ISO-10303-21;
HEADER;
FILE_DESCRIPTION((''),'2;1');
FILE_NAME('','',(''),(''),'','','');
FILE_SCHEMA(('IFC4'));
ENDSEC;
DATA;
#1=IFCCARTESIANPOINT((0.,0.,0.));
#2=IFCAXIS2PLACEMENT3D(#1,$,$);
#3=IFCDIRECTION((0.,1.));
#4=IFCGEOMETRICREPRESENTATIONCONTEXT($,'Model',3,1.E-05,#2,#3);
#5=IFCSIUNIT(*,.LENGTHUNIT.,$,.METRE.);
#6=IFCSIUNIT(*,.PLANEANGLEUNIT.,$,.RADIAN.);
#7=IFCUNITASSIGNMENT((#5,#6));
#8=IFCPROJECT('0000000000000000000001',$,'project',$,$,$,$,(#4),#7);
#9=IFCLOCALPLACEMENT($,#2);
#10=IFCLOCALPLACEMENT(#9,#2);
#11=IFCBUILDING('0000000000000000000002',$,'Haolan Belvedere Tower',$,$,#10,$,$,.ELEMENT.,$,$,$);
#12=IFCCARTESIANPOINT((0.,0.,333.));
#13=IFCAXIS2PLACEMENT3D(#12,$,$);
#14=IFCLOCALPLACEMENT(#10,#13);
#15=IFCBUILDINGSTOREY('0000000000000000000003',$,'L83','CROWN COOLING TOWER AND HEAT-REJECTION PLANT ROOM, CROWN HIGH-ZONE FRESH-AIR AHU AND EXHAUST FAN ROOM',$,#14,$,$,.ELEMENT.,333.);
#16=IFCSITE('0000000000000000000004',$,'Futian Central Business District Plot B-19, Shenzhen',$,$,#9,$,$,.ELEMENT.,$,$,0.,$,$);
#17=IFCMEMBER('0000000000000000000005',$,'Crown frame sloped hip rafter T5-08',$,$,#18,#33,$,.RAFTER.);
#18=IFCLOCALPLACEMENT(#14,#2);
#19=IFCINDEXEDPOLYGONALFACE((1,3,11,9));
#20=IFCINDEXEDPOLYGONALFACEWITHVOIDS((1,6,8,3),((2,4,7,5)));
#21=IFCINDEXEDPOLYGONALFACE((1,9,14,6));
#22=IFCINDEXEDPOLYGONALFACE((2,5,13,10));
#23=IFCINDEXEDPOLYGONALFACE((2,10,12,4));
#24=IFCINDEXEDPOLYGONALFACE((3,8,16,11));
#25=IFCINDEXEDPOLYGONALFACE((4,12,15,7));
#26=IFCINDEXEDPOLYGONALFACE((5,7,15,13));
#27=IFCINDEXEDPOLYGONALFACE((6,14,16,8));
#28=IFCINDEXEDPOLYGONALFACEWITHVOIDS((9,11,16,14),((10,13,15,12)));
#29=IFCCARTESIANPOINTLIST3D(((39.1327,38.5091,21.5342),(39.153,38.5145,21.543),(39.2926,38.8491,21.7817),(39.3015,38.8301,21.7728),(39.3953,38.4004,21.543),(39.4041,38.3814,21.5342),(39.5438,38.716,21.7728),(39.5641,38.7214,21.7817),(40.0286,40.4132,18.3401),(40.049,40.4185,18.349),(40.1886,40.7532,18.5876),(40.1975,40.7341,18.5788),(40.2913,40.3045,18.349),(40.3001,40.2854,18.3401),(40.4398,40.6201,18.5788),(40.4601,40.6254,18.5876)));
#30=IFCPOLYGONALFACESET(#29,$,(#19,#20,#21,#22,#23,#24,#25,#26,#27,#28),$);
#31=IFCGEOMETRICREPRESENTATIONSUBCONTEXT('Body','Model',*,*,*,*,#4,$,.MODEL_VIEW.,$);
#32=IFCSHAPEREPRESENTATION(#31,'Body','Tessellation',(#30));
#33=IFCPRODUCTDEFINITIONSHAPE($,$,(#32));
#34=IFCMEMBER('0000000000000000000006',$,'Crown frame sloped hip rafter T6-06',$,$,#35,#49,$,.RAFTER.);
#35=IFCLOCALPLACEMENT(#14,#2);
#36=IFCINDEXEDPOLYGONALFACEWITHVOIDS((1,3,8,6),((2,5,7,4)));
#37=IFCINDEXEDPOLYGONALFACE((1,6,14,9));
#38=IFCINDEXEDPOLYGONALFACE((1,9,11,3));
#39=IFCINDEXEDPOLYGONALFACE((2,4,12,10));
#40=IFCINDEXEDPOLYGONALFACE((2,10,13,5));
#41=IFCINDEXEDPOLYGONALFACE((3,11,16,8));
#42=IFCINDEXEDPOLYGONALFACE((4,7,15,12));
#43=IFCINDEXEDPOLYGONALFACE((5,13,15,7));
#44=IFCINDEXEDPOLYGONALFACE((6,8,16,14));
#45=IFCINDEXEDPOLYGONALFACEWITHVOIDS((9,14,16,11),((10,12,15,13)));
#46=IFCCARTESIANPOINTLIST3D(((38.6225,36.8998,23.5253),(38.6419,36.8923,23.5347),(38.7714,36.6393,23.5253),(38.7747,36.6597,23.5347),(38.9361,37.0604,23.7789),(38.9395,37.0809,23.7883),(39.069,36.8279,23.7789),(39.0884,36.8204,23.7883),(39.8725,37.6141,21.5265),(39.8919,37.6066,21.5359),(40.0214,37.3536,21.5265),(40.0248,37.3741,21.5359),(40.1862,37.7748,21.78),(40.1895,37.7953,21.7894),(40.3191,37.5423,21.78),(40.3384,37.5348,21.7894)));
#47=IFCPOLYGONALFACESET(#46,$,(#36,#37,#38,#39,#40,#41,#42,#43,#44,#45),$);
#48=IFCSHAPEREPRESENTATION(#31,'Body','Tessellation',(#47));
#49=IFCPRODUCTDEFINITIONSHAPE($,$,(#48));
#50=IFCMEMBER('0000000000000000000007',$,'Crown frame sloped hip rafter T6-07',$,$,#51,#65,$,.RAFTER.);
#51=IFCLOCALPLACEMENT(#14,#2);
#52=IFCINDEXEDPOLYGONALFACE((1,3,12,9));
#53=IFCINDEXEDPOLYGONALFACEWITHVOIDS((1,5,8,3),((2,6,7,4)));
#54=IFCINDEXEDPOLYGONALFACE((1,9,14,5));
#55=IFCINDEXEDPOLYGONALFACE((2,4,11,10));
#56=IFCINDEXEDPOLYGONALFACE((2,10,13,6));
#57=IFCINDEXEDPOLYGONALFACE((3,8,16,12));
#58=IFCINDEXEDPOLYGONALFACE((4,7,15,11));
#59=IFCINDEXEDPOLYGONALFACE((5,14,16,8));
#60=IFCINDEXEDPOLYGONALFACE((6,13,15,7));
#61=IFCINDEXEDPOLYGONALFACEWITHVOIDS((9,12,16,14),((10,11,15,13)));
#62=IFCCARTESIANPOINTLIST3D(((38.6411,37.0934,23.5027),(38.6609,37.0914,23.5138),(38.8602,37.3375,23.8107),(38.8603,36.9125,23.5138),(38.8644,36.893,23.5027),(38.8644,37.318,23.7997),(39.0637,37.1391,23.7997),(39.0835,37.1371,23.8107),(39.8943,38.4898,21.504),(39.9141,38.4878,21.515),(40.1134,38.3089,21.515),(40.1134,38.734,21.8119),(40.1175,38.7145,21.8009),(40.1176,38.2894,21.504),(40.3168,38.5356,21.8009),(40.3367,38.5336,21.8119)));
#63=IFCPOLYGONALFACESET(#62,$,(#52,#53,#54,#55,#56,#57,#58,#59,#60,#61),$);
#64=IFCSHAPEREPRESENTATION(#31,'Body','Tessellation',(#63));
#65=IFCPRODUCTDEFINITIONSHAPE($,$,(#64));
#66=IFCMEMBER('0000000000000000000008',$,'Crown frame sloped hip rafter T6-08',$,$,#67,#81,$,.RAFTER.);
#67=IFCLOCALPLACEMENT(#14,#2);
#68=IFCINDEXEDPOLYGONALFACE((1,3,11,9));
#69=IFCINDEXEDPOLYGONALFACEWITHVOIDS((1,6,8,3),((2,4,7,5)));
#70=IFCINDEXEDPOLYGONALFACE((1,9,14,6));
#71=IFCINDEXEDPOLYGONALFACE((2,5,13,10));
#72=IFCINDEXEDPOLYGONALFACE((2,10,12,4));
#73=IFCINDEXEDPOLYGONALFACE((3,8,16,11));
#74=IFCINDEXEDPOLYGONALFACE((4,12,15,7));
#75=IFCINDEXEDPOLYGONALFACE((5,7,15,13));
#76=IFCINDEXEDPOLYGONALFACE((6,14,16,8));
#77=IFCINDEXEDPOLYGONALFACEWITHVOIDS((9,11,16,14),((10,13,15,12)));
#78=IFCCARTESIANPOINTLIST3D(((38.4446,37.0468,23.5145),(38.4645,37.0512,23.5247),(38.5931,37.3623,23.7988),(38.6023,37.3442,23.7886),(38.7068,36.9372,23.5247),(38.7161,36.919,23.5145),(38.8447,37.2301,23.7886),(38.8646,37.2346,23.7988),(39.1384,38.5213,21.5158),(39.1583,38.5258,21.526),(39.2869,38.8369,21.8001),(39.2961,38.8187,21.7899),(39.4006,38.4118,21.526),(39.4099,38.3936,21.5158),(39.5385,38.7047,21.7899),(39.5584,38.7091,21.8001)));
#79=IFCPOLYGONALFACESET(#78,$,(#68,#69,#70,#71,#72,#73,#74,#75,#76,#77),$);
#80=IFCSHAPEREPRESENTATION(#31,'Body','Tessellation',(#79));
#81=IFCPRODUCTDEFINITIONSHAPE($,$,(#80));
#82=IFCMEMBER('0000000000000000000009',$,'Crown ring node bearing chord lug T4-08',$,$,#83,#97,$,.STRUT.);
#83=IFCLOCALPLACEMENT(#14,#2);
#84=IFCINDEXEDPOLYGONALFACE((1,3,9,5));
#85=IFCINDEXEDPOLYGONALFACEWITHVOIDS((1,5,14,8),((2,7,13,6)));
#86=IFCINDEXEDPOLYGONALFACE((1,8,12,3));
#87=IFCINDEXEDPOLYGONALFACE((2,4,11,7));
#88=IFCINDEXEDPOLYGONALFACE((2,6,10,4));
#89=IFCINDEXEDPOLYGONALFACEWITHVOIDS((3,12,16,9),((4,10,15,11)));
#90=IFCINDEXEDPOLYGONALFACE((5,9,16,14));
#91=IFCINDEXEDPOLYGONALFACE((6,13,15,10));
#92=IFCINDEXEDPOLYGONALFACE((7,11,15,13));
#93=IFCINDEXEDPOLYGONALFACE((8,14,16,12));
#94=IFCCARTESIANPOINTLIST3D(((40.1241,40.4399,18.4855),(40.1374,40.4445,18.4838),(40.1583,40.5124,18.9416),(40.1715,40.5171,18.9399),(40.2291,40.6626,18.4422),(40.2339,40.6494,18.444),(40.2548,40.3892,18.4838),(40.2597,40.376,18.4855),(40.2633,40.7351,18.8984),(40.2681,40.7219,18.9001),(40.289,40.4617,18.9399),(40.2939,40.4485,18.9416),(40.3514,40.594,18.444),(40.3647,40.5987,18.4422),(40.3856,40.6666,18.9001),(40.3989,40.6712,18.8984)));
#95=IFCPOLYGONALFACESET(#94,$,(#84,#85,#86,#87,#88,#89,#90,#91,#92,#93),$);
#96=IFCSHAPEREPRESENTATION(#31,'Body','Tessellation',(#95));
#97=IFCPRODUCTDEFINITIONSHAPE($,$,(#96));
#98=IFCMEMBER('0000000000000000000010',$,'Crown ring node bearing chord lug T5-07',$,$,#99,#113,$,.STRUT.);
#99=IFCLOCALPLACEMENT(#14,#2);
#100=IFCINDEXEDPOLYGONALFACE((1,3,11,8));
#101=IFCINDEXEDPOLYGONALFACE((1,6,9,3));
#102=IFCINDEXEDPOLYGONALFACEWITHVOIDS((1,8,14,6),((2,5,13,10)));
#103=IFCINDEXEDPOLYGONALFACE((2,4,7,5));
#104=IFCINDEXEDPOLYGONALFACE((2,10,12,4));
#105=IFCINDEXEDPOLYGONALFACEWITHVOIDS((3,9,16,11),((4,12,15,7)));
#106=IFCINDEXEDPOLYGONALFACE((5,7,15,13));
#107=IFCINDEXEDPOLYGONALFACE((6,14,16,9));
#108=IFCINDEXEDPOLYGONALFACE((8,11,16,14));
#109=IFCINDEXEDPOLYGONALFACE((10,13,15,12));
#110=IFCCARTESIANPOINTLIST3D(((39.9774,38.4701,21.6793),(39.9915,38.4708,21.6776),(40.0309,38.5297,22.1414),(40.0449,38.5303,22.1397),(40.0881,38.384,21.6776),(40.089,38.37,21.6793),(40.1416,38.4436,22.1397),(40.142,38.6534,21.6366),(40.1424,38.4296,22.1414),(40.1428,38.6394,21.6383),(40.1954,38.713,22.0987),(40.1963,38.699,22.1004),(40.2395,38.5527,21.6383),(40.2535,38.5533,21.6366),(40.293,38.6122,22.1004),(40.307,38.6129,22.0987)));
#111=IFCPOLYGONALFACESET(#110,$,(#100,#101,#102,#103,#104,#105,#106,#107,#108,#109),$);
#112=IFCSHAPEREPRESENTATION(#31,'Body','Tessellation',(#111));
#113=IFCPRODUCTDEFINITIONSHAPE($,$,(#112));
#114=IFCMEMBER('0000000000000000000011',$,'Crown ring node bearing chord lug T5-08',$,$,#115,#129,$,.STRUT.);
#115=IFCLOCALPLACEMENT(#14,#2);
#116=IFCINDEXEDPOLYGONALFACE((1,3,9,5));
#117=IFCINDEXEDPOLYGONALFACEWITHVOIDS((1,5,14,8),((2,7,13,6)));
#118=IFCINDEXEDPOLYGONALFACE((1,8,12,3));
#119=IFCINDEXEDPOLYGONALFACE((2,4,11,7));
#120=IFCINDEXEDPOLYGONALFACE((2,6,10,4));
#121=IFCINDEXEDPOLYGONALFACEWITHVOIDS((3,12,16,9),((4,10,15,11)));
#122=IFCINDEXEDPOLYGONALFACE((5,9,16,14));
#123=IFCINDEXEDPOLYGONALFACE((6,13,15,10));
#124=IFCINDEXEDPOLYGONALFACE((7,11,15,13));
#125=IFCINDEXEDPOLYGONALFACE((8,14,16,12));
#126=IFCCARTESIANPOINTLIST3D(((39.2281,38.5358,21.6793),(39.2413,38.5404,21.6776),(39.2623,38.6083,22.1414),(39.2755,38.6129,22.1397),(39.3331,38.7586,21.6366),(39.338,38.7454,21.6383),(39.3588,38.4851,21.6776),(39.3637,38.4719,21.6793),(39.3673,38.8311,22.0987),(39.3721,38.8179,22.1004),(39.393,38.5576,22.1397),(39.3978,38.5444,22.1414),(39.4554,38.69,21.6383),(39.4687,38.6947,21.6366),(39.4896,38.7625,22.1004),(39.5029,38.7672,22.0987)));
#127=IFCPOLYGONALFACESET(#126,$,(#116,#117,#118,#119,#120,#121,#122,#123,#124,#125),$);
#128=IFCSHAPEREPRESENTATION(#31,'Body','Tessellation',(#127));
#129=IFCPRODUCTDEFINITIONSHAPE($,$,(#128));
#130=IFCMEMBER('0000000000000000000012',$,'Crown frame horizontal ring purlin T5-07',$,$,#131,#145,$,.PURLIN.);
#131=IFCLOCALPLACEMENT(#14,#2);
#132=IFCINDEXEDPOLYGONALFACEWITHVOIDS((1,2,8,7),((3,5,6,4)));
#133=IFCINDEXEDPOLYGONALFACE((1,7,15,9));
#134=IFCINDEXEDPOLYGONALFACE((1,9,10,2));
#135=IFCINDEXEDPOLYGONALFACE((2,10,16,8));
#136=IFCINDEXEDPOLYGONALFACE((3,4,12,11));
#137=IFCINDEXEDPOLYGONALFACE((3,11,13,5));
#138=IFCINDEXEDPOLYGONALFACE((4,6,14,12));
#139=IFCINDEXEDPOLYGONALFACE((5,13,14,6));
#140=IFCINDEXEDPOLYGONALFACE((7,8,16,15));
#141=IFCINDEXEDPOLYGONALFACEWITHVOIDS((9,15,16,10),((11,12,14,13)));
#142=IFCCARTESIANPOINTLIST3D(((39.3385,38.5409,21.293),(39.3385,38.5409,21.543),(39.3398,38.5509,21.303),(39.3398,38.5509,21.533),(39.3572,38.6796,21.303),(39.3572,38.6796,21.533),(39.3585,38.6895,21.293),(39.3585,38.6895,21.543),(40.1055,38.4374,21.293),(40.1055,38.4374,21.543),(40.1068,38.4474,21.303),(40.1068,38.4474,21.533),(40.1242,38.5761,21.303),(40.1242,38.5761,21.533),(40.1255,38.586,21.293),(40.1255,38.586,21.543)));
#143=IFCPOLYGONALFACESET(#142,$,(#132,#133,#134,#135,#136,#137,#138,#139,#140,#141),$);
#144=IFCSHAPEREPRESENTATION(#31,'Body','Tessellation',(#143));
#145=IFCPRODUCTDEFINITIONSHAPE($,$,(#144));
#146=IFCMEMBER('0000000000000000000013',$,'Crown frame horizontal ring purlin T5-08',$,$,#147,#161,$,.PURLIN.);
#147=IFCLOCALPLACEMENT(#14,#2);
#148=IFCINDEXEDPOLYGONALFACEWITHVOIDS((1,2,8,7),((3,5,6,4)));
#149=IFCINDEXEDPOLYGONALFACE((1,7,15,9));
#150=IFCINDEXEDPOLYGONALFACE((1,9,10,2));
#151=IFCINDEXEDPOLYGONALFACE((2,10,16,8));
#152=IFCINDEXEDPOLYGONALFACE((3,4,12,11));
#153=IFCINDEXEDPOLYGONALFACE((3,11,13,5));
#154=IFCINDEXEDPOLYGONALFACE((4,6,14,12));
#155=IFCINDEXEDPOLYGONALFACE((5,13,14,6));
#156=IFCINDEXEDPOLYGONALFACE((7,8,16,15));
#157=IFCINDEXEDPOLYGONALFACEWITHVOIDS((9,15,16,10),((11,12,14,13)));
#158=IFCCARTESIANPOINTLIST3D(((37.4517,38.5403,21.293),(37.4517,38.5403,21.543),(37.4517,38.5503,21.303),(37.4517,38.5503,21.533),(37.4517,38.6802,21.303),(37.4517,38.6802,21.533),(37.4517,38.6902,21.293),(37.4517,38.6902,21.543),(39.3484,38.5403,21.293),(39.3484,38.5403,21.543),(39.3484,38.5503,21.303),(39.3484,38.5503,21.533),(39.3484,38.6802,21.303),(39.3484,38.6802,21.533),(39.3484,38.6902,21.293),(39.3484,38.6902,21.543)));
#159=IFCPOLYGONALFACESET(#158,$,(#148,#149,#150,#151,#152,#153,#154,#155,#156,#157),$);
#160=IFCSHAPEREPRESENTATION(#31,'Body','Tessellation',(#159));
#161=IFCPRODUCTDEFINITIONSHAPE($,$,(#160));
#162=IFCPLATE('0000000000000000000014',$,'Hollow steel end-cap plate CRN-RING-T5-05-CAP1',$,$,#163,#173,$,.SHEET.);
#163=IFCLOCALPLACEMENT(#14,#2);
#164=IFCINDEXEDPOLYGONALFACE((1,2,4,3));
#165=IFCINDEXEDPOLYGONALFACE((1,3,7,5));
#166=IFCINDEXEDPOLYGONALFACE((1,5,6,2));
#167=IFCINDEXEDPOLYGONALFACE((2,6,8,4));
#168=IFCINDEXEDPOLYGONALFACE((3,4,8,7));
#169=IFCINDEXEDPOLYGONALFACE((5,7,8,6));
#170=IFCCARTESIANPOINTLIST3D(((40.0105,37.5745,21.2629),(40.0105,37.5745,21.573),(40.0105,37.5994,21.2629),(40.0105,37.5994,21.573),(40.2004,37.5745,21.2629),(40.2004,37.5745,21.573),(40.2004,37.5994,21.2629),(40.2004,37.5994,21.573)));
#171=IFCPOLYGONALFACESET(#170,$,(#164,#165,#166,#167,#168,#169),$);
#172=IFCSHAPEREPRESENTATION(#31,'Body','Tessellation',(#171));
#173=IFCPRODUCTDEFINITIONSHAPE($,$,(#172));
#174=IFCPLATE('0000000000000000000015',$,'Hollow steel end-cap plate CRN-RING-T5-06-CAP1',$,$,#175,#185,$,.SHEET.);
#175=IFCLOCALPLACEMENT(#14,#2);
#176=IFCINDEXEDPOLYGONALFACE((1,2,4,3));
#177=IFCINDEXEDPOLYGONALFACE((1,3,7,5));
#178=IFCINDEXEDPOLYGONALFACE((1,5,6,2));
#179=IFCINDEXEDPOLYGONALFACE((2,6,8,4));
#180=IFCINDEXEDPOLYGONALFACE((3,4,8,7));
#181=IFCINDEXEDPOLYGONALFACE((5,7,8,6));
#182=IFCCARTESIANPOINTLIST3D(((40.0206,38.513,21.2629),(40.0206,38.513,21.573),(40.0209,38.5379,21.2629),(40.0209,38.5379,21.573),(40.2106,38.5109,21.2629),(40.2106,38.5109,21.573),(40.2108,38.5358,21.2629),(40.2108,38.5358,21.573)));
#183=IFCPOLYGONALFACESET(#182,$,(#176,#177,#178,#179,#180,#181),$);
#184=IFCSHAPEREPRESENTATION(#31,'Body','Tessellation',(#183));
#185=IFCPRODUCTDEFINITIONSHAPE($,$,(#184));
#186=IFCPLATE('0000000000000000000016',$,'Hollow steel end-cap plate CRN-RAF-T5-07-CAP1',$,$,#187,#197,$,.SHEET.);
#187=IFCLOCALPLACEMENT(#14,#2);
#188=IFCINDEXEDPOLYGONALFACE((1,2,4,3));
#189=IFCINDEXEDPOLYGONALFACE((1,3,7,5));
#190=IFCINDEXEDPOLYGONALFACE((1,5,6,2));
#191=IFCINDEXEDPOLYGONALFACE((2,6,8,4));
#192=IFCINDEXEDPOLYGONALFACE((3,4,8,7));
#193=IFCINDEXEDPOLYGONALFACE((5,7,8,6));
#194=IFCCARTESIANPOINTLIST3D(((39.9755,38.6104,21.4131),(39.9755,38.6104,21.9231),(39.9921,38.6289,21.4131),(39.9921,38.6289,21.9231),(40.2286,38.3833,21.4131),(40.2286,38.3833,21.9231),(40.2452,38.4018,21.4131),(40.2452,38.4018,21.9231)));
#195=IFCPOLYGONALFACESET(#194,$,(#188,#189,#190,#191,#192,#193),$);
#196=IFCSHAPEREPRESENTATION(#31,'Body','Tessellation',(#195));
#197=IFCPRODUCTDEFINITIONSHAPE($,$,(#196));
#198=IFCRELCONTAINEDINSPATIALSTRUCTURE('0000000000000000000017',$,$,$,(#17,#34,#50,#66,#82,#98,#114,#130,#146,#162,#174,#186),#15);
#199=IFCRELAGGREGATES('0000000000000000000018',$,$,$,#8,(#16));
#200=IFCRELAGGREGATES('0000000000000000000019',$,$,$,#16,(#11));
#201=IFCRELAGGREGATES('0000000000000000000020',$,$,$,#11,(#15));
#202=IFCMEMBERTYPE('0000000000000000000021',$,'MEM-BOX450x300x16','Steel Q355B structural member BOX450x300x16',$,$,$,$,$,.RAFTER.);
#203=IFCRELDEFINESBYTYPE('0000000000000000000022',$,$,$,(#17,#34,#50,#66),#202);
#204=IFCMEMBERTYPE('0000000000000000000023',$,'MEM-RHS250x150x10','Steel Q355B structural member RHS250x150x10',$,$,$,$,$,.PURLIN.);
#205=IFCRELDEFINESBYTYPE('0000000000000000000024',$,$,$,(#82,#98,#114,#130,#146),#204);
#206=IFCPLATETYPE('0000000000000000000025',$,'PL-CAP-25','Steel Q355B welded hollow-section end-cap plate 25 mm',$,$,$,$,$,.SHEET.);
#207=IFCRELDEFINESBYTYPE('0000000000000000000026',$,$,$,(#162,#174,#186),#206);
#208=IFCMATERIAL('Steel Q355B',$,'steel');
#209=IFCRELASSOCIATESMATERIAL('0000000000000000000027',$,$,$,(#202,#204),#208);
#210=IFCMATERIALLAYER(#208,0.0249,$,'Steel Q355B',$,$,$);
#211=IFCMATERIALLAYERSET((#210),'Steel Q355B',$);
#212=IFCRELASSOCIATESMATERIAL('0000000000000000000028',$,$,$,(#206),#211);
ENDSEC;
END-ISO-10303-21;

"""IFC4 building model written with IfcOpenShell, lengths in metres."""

from ifc_helpers import new_model, si_unit, direction, frame, origin, origin_2d, place, context, subcontext, project, spatial, rectangle, hollow_rectangle, extrude, material, layer, layer_set, material_profile, profile_set, type_object, element, save


model = new_model("IFC4")

# Units and contexts
model_context = context("Model", 3, precision=1e-05, world=origin(), true_north=direction((0.0, 1.0)))
body_context = subcontext(model_context, "Body", "Model", "MODEL_VIEW")
ifc_project = project(units=[si_unit("LENGTHUNIT", "METRE"), si_unit("PLANEANGLEUNIT", "RADIAN")], contexts=[model_context])

# Site, building, storey
site_placement = place(None, origin())
site = spatial("IfcSite", under=ifc_project, at=site_placement, Name="Futian Central Business District Plot B-19, Shenzhen", CompositionType="ELEMENT", RefElevation=0.0)
building_placement = place(site_placement, origin())
building = spatial("IfcBuilding", under=site, at=building_placement, Name="Haolan Belvedere Tower", CompositionType="ELEMENT")
storey_placement = place(building_placement, frame((0.0, 0.0, 333.0)))
storey = spatial("IfcBuildingStorey", under=building, at=storey_placement, Name="L83", Description="CROWN COOLING TOWER AND HEAT-REJECTION PLANT ROOM, CROWN HIGH-ZONE FRESH-AIR AHU AND EXHAUST FAN ROOM", CompositionType="ELEMENT", Elevation=333.0)

# Members
ifc_material_1 = material(Name="Steel Q355B", Category="steel")
ifc_material_profile_1 = material_profile(ifc_material_1, hollow_rectangle(XDim=0.3, YDim=0.45, WallThickness=0.0161, at=origin_2d()), Name="Steel Q355B")
ifc_profile_set_1 = profile_set([ifc_material_profile_1], Name="Steel Q355B")
member_type_1 = type_object("IfcMemberType", Name="MEM-BOX450x300x16", Description="Steel Q355B structural member BOX450x300x16", PredefinedType="RAFTER", material=ifc_profile_set_1)
member_1_placement = place(storey_placement, frame((40.2444, 40.5193, 18.4639), z_axis=(-0.234249, -0.497795, 0.835062), x_axis=(0.904824, -0.425786, 0.0)))
element("IfcMember", 1, at=member_1_placement, inside=storey, type_object=member_type_1, Name="Crown frame sloped hip rafter T5-08", PredefinedType="RAFTER", context=body_context, shape_type="SweptSolid", body=[
    extrude(hollow_rectangle(XDim=0.3, YDim=0.45, WallThickness=0.0161, at=origin_2d()), origin(), (0.0, 0.0, 1.0), 3.825),
])
member_2_placement = place(storey_placement, frame((40.1055, 37.5745, 21.658), z_axis=(-0.507446, -0.289998, 0.811418), x_axis=(0.496175, -0.868222, 0.0)))
element("IfcMember", 2, at=member_2_placement, inside=storey, type_object=member_type_1, Name="Crown frame sloped hip rafter T6-06", PredefinedType="RAFTER", context=body_context, shape_type="SweptSolid", body=[
    extrude(hollow_rectangle(XDim=0.3, YDim=0.45, WallThickness=0.0161, at=origin_2d()), origin(), (0.0, 0.0, 1.0), 2.4634),
])
member_3_placement = place(storey_placement, frame((40.1155, 38.5117, 21.658), z_axis=(-0.457115, -0.50939, 0.729087), x_axis=(0.744264, -0.667886, 0.0)))
element("IfcMember", 3, at=member_3_placement, inside=storey, type_object=member_type_1, Name="Crown frame sloped hip rafter T6-07", PredefinedType="RAFTER", context=body_context, shape_type="SweptSolid", body=[
    extrude(hollow_rectangle(XDim=0.3, YDim=0.45, WallThickness=0.0161, at=origin_2d()), origin(), (0.0, 0.0, 1.0), 2.7415),
])
member_4_placement = place(storey_placement, frame((39.3484, 38.6152, 21.658), z_axis=(-0.269042, -0.571785, 0.775034), x_axis=(0.904839, -0.425754, 0.0)))
element("IfcMember", 4, at=member_4_placement, inside=storey, type_object=member_type_1, Name="Crown frame sloped hip rafter T6-08", PredefinedType="RAFTER", context=body_context, shape_type="SweptSolid", body=[
    extrude(hollow_rectangle(XDim=0.3, YDim=0.45, WallThickness=0.0161, at=origin_2d()), origin(), (0.0, 0.0, 1.0), 2.5789),
])
ifc_material_profile_2 = material_profile(ifc_material_1, hollow_rectangle(XDim=0.1499, YDim=0.25, WallThickness=0.01, at=origin_2d()), Name="Steel Q355B")
ifc_profile_set_2 = profile_set([ifc_material_profile_2], Name="Steel Q355B")
member_type_2 = type_object("IfcMemberType", Name="MEM-RHS250x150x10", Description="Steel Q355B structural member RHS250x150x10", PredefinedType="PURLIN", material=ifc_profile_set_2)
member_5_placement = place(storey_placement, frame((40.2444, 40.5193, 18.4639), z_axis=(0.073815, 0.156593, 0.984901), x_axis=(-0.904542, 0.426384, 0.0)))
element("IfcMember", 5, at=member_5_placement, inside=storey, type_object=member_type_2, Name="Crown ring node bearing chord lug T4-08", PredefinedType="STRUT", context=body_context, shape_type="SweptSolid", body=[
    extrude(hollow_rectangle(XDim=0.1499, YDim=0.25, WallThickness=0.01, at=origin_2d()), origin(), (0.0, 0.0, 1.0), 0.4631),
])
for number, where, z_axis, x_axis, name in (
    (6, (40.1155, 38.5117, 21.658), (0.113992, 0.127005, 0.98533), (-0.744203, 0.667953, 0.0), "Crown ring node bearing chord lug T5-07"),
    (7, (39.3484, 38.6152, 21.658), (0.072869, 0.154586, 0.985288), (-0.904542, 0.426384, 0.0), "Crown ring node bearing chord lug T5-08"),
):
    element("IfcMember", number, at=place(storey_placement, frame(where, z_axis=z_axis, x_axis=x_axis)), inside=storey, type_object=member_type_2, Name=name, PredefinedType="STRUT", context=body_context, shape_type="SweptSolid", body=[
        extrude(hollow_rectangle(XDim=0.1499, YDim=0.25, WallThickness=0.01, at=origin_2d()), origin(), (0.0, 0.0, 1.0), 0.469),
    ])
member_6_placement = place(storey_placement, frame((40.1155, 38.5117, 21.418), z_axis=(-0.991017, 0.133734, 0.0), x_axis=(-0.133734, -0.991017, 0.0)))
element("IfcMember", 8, at=member_6_placement, inside=storey, type_object=member_type_2, Name="Crown frame horizontal ring purlin T5-07", PredefinedType="PURLIN", context=body_context, shape_type="SweptSolid", body=[
    extrude(hollow_rectangle(XDim=0.1499, YDim=0.25, WallThickness=0.01, at=origin_2d()), origin(), (0.0, 0.0, 1.0), 0.7739),
])
member_7_placement = place(storey_placement, frame((39.3484, 38.6152, 21.418), z_axis=(-1.0, 0.0, 0.0), x_axis=(0.0, -1.0, 0.0)))
element("IfcMember", 9, at=member_7_placement, inside=storey, type_object=member_type_2, Name="Crown frame horizontal ring purlin T5-08", PredefinedType="PURLIN", context=body_context, shape_type="SweptSolid", body=[
    extrude(hollow_rectangle(XDim=0.1499, YDim=0.25, WallThickness=0.01, at=origin_2d()), origin(), (0.0, 0.0, 1.0), 1.8967),
])

# Plates
ifc_layer_1 = layer(ifc_material_1, 0.0249, Name="Steel Q355B")
ifc_layer_set_1 = layer_set([ifc_layer_1], Name="Steel Q355B")
plate_type = type_object("IfcPlateType", Name="PL-CAP-25", Description="Steel Q355B welded hollow-section end-cap plate 25 mm", PredefinedType="SHEET", material=ifc_layer_set_1)
for number, where, z_axis, x_axis, name in (
    (10, (40.1055, 37.5869, 21.2629), (0.0, 0.0, 1.0), (-1.0, 0.0, 0.0), "Hollow steel end-cap plate CRN-RING-T5-05-CAP1"),
    (11, (40.1157, 38.5244, 21.2629), (0.0, 0.0, 1.0), (-0.999942, 0.010768, 0.0), "Hollow steel end-cap plate CRN-RING-T5-06-CAP1"),
):
    element("IfcPlate", number, at=place(storey_placement, frame(where, z_axis=z_axis, x_axis=x_axis)), inside=storey, type_object=plate_type, Name=name, PredefinedType="SHEET", context=body_context, shape_type="SweptSolid", body=[
        extrude(rectangle(XDim=0.1899, YDim=0.0249, at=origin_2d()), origin(), (0.0, 0.0, 1.0), 0.3101),
    ])
plate_1_placement = place(storey_placement, frame((40.1104, 38.5061, 21.4131), z_axis=(0.0, 0.0, 1.0), x_axis=(0.744288, -0.667859, 0.0)))
element("IfcPlate", 12, at=plate_1_placement, inside=storey, type_object=plate_type, Name="Hollow steel end-cap plate CRN-RAF-T5-07-CAP1", PredefinedType="SHEET", context=body_context, shape_type="SweptSolid", body=[
    extrude(rectangle(XDim=0.3401, YDim=0.0249, at=origin_2d()), origin(), (0.0, 0.0, 1.0), 0.51),
])

save(model, "model.ifc")
